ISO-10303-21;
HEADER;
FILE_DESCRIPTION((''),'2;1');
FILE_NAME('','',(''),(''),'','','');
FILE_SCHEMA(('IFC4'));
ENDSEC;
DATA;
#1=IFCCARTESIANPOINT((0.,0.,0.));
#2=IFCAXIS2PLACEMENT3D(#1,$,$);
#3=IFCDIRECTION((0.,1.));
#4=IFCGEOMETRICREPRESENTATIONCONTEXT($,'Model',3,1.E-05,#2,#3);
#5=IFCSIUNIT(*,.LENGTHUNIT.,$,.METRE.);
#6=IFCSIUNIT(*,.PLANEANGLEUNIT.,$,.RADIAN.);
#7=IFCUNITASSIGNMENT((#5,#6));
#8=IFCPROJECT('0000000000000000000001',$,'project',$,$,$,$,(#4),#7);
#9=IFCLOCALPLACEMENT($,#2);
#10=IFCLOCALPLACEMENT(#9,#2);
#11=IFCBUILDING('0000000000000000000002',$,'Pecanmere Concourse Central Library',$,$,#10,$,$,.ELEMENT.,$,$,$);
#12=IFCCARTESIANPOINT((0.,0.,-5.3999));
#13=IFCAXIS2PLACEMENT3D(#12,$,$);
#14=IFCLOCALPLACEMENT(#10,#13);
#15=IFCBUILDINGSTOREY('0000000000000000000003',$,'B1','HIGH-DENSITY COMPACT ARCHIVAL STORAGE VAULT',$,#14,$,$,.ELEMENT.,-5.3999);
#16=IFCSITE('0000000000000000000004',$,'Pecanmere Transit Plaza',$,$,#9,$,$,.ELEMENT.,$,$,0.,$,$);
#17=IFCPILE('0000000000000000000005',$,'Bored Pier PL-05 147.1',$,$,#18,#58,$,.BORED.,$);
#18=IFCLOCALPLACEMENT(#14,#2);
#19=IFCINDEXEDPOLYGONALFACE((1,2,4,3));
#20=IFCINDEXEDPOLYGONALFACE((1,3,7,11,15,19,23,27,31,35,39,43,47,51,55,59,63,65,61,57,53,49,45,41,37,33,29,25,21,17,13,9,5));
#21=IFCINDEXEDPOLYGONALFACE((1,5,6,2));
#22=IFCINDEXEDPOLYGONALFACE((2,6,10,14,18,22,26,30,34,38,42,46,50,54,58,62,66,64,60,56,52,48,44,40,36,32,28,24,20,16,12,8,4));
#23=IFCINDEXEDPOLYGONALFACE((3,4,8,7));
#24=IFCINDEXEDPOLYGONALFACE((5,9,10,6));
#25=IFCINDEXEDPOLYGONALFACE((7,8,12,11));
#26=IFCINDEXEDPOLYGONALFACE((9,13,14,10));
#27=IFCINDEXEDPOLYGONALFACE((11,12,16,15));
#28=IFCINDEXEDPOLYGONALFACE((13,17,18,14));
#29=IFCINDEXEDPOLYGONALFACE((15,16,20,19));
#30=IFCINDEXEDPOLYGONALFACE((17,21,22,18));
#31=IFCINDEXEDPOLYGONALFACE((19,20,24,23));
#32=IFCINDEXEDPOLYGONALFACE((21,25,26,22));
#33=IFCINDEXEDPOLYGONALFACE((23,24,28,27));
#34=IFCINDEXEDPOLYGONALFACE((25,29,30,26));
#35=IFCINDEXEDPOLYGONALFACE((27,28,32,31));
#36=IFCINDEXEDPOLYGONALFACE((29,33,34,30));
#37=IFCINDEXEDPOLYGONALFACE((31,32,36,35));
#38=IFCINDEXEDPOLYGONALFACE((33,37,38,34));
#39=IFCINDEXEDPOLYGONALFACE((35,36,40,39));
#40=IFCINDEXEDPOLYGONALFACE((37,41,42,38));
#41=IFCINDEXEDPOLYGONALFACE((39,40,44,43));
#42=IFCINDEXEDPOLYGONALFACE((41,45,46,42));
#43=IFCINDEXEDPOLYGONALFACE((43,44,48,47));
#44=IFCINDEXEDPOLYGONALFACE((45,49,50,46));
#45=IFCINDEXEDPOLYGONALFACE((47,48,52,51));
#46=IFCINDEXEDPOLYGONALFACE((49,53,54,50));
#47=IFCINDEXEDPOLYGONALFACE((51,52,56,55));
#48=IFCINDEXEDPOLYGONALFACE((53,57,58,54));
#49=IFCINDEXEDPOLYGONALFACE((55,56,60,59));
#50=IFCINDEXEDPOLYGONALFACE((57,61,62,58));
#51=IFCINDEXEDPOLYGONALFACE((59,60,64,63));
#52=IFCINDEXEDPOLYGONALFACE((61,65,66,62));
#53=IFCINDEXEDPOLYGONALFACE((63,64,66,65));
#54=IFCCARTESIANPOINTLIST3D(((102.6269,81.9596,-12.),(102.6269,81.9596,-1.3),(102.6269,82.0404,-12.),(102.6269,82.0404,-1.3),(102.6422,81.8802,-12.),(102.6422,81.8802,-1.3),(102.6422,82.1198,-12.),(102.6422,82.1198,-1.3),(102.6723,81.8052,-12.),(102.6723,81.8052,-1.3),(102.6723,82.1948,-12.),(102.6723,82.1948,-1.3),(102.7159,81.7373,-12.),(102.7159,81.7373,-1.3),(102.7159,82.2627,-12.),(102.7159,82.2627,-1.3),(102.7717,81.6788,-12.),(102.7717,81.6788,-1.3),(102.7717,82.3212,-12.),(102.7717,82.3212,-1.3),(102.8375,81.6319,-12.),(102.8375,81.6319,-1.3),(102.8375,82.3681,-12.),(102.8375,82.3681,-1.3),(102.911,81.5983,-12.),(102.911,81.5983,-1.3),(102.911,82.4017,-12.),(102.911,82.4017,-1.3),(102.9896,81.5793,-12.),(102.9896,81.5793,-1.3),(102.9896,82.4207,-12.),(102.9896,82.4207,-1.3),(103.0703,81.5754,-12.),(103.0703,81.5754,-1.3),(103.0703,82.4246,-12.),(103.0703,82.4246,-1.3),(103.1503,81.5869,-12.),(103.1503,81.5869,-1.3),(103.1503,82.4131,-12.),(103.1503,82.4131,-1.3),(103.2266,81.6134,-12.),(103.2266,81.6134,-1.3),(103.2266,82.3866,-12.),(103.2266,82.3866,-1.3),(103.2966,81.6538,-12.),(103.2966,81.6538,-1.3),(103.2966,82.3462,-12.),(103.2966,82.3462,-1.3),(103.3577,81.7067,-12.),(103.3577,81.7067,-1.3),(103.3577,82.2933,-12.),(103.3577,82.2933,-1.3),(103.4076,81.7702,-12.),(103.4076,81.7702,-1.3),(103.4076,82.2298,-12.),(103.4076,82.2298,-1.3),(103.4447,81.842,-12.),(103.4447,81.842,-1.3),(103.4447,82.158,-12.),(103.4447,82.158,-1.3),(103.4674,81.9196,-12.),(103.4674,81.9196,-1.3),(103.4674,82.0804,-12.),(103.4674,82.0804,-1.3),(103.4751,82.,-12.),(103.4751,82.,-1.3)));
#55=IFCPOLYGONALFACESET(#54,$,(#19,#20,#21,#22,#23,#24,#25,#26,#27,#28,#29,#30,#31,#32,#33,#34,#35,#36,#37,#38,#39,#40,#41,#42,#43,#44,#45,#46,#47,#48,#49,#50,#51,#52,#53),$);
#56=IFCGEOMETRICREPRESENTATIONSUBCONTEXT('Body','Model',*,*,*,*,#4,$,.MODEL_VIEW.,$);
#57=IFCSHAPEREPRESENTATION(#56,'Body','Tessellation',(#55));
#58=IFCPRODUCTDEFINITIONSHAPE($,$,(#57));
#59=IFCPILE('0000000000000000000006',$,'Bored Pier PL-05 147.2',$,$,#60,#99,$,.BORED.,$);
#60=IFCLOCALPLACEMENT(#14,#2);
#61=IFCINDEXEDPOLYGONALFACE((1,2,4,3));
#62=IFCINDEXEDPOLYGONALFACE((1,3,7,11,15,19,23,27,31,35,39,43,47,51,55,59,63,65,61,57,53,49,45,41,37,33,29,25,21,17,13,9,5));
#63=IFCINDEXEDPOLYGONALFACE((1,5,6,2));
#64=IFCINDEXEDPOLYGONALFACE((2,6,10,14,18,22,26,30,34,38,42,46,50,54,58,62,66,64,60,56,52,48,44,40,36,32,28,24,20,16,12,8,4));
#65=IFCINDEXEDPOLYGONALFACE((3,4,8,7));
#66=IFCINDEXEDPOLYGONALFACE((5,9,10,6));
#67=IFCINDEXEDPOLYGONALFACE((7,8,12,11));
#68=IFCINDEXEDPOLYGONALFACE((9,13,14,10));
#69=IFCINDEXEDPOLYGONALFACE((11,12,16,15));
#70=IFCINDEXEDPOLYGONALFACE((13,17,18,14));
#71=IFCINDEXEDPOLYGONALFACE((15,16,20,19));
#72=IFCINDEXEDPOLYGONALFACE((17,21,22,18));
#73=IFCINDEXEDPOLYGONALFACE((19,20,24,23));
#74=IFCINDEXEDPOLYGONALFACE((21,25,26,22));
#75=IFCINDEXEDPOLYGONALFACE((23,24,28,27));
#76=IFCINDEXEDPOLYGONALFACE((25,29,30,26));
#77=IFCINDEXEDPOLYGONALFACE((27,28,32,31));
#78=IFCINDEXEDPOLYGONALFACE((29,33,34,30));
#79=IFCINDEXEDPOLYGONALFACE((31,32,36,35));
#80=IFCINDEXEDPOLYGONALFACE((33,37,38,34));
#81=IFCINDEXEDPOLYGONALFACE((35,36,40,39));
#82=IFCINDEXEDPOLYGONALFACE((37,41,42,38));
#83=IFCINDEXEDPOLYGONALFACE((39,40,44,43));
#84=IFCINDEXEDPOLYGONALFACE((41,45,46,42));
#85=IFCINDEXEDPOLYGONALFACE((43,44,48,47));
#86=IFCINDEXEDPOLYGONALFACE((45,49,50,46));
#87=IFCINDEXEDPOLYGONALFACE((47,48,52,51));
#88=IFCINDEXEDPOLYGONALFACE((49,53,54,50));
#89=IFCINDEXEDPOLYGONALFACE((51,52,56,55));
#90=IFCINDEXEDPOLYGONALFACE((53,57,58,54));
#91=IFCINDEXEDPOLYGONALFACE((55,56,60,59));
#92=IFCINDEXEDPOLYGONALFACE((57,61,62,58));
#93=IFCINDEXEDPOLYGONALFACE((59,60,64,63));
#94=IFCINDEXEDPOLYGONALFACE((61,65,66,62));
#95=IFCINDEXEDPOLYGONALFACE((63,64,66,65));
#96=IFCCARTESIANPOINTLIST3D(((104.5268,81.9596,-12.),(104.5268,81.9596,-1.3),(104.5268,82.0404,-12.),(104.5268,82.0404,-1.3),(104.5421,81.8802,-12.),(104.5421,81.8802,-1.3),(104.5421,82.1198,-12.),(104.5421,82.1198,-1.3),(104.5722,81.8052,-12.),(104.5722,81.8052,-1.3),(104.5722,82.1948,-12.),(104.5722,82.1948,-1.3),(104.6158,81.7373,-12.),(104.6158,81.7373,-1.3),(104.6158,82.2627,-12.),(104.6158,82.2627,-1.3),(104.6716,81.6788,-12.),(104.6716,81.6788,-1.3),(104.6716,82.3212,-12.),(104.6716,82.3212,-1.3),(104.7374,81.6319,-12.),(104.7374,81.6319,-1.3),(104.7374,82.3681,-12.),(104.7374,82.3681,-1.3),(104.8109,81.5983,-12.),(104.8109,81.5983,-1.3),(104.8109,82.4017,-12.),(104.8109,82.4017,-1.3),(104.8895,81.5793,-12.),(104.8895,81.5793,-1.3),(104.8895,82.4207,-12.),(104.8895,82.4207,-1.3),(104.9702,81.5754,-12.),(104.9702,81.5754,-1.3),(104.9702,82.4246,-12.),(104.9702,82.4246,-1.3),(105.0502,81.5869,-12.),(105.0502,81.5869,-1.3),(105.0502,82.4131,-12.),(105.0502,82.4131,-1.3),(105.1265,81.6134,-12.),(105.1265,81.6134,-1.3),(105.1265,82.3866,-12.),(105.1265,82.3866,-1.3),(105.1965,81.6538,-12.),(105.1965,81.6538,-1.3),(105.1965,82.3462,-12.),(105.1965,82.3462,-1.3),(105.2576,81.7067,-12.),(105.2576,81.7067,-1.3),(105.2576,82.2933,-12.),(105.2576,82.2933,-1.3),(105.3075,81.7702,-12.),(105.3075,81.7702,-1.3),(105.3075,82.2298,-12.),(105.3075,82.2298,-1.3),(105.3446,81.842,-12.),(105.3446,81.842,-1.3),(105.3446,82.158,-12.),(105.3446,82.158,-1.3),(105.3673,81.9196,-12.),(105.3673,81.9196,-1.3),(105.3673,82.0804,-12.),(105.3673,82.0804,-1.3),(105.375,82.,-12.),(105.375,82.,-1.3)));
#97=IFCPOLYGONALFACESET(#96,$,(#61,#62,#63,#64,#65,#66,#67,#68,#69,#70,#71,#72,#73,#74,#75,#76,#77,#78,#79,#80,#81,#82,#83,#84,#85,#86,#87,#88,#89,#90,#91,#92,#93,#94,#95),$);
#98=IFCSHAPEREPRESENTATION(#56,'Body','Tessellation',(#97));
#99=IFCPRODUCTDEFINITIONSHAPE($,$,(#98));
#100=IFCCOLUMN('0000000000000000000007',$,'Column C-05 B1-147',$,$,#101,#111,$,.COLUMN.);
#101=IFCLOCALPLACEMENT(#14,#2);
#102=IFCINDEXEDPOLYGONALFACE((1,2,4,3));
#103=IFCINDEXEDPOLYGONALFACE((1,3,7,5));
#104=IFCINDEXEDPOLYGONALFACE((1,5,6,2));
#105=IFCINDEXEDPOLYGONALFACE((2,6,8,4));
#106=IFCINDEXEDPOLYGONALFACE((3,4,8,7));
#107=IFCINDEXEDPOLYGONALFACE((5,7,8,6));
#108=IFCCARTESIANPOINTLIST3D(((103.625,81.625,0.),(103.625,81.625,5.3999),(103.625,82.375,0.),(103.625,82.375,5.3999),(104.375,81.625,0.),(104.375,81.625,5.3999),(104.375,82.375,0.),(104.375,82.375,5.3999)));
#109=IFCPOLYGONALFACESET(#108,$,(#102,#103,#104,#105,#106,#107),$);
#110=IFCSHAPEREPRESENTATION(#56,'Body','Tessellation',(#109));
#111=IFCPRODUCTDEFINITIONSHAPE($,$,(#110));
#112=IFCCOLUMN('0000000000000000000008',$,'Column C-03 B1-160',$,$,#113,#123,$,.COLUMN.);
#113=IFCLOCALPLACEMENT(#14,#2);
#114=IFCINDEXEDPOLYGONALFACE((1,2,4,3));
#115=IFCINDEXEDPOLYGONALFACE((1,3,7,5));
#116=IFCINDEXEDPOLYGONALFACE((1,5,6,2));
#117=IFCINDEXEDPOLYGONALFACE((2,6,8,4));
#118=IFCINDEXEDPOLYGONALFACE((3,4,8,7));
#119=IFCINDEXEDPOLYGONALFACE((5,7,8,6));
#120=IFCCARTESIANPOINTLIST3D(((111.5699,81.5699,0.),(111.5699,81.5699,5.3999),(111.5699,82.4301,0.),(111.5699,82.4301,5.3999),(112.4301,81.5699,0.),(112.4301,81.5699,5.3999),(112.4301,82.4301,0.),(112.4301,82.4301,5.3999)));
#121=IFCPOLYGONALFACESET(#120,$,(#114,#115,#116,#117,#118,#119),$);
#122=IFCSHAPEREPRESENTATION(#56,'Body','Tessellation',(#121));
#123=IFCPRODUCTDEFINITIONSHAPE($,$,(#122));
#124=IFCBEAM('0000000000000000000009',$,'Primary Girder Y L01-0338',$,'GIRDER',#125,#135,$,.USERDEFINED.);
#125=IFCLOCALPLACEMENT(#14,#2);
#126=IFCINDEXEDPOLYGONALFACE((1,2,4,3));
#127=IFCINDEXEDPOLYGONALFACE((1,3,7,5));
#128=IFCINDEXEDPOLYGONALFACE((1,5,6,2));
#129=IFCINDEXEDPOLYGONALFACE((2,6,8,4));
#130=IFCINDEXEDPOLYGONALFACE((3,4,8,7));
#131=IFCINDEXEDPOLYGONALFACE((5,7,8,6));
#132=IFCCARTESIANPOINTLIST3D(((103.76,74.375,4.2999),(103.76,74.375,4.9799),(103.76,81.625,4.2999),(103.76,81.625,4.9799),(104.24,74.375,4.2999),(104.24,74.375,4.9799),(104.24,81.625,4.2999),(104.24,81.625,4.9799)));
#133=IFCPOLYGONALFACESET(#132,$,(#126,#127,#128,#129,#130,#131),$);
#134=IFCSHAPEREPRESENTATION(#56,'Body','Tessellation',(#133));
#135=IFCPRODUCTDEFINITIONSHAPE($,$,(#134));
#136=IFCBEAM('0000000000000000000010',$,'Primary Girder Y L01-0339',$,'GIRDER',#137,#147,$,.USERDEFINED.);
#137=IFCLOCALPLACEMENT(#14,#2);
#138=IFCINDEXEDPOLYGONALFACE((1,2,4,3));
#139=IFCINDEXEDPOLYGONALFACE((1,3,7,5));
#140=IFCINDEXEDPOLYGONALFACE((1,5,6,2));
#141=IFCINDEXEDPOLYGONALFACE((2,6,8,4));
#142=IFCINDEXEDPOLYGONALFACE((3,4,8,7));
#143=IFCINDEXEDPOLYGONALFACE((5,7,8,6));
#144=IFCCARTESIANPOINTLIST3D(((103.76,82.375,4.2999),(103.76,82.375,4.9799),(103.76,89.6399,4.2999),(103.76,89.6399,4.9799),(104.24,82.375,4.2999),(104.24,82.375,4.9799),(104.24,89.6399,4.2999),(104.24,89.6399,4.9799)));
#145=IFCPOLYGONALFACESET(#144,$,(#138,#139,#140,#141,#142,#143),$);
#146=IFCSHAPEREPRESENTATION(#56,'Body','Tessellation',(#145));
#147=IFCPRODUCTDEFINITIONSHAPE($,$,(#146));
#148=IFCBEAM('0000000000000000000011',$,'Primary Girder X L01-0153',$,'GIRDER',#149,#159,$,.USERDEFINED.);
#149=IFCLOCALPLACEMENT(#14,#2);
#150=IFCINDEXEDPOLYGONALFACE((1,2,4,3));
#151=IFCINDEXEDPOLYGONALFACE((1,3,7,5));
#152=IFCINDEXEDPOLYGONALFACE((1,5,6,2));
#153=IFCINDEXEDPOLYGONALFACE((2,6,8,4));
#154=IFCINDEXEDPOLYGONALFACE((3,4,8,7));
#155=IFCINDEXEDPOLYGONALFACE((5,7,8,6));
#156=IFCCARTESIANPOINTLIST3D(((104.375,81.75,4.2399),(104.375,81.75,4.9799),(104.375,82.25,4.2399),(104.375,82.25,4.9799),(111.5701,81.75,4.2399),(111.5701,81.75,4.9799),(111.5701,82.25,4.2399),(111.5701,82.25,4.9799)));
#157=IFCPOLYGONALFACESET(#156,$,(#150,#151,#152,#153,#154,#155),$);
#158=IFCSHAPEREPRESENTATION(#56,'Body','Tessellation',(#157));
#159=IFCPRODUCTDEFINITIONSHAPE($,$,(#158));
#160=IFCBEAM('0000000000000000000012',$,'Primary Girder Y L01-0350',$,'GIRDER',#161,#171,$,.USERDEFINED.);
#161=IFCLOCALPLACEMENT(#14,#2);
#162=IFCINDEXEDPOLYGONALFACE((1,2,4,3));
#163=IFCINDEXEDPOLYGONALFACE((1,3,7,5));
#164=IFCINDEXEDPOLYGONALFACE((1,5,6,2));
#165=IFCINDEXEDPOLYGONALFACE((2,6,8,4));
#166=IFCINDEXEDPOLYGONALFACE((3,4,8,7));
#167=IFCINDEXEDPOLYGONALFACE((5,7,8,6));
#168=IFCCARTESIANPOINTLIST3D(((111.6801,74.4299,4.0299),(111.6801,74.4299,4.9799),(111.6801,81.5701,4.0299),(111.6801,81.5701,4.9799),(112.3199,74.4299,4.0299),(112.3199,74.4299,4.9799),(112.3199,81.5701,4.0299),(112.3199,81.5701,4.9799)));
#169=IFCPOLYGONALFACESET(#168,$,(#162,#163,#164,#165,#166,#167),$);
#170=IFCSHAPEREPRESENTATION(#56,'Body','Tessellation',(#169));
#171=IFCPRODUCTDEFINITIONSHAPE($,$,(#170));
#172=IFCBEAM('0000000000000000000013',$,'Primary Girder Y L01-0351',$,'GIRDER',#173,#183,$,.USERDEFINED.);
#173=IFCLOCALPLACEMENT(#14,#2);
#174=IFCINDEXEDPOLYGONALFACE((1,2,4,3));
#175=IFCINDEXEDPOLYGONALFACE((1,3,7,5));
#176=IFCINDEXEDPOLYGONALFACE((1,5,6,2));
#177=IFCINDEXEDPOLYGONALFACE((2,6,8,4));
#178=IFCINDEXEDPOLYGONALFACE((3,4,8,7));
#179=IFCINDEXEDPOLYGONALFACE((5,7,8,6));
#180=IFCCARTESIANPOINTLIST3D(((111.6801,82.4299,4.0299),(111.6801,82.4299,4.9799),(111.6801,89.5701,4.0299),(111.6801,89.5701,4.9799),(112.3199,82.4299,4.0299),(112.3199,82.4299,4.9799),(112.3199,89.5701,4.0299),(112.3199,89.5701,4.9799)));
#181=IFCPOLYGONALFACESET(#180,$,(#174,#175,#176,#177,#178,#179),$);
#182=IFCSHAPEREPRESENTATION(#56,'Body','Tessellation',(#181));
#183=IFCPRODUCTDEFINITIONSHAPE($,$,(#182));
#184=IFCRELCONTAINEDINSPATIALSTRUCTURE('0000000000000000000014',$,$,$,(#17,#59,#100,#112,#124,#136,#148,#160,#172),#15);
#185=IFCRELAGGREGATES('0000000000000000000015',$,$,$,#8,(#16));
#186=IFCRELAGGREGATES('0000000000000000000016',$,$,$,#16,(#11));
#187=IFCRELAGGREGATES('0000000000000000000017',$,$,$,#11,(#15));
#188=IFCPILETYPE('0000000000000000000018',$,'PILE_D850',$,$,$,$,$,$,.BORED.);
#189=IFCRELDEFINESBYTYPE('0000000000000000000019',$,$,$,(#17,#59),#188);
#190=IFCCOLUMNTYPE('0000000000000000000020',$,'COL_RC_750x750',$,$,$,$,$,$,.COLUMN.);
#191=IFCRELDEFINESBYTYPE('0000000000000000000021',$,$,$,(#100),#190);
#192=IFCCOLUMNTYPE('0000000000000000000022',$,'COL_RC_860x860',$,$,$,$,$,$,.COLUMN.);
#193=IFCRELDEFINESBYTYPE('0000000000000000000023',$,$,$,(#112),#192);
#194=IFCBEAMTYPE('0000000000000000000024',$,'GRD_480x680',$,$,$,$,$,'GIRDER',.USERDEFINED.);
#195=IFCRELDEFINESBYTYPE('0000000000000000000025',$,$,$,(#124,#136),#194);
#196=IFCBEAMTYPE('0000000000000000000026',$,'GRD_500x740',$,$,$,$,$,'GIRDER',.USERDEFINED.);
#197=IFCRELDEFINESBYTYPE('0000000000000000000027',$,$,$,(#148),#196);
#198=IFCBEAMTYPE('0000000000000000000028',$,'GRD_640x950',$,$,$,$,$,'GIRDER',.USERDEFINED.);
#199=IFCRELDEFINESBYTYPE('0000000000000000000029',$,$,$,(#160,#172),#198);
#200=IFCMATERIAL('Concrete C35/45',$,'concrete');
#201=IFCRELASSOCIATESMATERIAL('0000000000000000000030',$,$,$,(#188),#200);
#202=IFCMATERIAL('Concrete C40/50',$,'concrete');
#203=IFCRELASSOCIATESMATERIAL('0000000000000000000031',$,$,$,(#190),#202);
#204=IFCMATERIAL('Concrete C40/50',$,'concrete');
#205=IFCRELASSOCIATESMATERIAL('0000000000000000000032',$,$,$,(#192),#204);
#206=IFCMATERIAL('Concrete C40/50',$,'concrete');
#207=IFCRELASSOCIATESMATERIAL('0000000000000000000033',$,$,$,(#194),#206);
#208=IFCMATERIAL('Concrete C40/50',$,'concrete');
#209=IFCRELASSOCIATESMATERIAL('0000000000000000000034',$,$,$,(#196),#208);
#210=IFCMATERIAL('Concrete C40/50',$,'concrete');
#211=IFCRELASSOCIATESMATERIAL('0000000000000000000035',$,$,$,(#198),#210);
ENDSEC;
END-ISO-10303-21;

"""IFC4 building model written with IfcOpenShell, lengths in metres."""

from ifc_helpers import new_model, si_unit, direction, frame, origin, origin_2d, place, context, subcontext, project, spatial, rectangle, circle, extrude, material, material_profile, profile_set, type_object, element, save


model = new_model("IFC4")

# Units and contexts
model_context = context("Model", 3, precision=1e-05, world=origin(), true_north=direction((0.0, 1.0)))
body_context = subcontext(model_context, "Body", "Model", "MODEL_VIEW")
ifc_project = project(units=[si_unit("LENGTHUNIT", "METRE"), si_unit("PLANEANGLEUNIT", "RADIAN")], contexts=[model_context])

# Site, building, storey
site_placement = place(None, origin())
site = spatial("IfcSite", under=ifc_project, at=site_placement, Name="Pecanmere Transit Plaza", CompositionType="ELEMENT", RefElevation=0.0)
building_placement = place(site_placement, origin())
building = spatial("IfcBuilding", under=site, at=building_placement, Name="Pecanmere Concourse Central Library", CompositionType="ELEMENT")
storey_placement = place(building_placement, frame((0.0, 0.0, -5.3999)))
storey = spatial("IfcBuildingStorey", under=building, at=storey_placement, Name="B1", Description="HIGH-DENSITY COMPACT ARCHIVAL STORAGE VAULT", CompositionType="ELEMENT", Elevation=-5.3999)

# Piles
ifc_material_1 = material(Name="Concrete C35/45", Category="concrete")
ifc_material_profile_1 = material_profile(ifc_material_1, circle(Radius=0.425, at=origin_2d()), Name="PIER D850")
ifc_profile_set_1 = profile_set([ifc_material_profile_1], Name="Concrete C35/45")
pile_type_1 = type_object("IfcPileType", Name="PILE_D850", PredefinedType="BORED", material=ifc_profile_set_1)
for number, where, z_axis, x_axis, name in (
    (1, (103.05, 82.0, -1.3), (0.0, 0.0, -1.0), (1.0, 0.0, 0.0), "Bored Pier PL-05 147.1"),
    (2, (104.95, 82.0, -1.3), (0.0, 0.0, -1.0), (1.0, 0.0, 0.0), "Bored Pier PL-05 147.2"),
):
    element("IfcPile", number, at=place(storey_placement, frame(where, z_axis=z_axis, x_axis=x_axis)), inside=storey, type_object=pile_type_1, Name=name, PredefinedType="BORED", context=body_context, shape_type="SweptSolid", body=[
        extrude(circle(Radius=0.425, at=origin_2d()), origin(), (0.0, 0.0, 1.0), 10.7),
    ])

# Columns
ifc_material_2 = material(Name="Concrete C40/50", Category="concrete")
ifc_material_profile_2 = material_profile(ifc_material_2, rectangle(XDim=0.75, YDim=0.75, at=origin_2d()), Name="RC 750x750")
ifc_profile_set_2 = profile_set([ifc_material_profile_2], Name="Concrete C40/50")
column_type_1 = type_object("IfcColumnType", Name="COL_RC_750x750", PredefinedType="COLUMN", material=ifc_profile_set_2)
column_1_placement = place(storey_placement, frame((104.0, 82.0, 0.0), z_axis=(0.0, 0.0, 1.0), x_axis=(1.0, 0.0, 0.0)))
element("IfcColumn", 3, at=column_1_placement, inside=storey, type_object=column_type_1, Name="Column C-05 B1-147", PredefinedType="COLUMN", context=body_context, shape_type="SweptSolid", body=[
    extrude(rectangle(XDim=0.75, YDim=0.75, at=origin_2d()), origin(), (0.0, 0.0, 1.0), 5.3999),
])
ifc_material_3 = material(Name="Concrete C40/50", Category="concrete")
ifc_material_profile_3 = material_profile(ifc_material_3, rectangle(XDim=0.8601, YDim=0.8601, at=origin_2d()), Name="RC 860x860")
ifc_profile_set_3 = profile_set([ifc_material_profile_3], Name="Concrete C40/50")
column_type_2 = type_object("IfcColumnType", Name="COL_RC_860x860", PredefinedType="COLUMN", material=ifc_profile_set_3)
column_2_placement = place(storey_placement, frame((112.0, 82.0, 0.0), z_axis=(0.0, 0.0, 1.0), x_axis=(1.0, 0.0, 0.0)))
element("IfcColumn", 4, at=column_2_placement, inside=storey, type_object=column_type_2, Name="Column C-03 B1-160", PredefinedType="COLUMN", context=body_context, shape_type="SweptSolid", body=[
    extrude(rectangle(XDim=0.8601, YDim=0.8601, at=origin_2d()), origin(), (0.0, 0.0, 1.0), 5.3999),
])

# Beams
ifc_material_4 = material(Name="Concrete C40/50", Category="concrete")
ifc_material_profile_4 = material_profile(ifc_material_4, rectangle(XDim=0.48, YDim=0.6799, at=origin_2d()), Name="RC 480x680")
ifc_profile_set_4 = profile_set([ifc_material_profile_4], Name="Concrete C40/50")
beam_type_1 = type_object("IfcBeamType", Name="GRD_480x680", ElementType="GIRDER", PredefinedType="USERDEFINED", material=ifc_profile_set_4)
beam_1_placement = place(storey_placement, frame((104.0, 74.375, 4.6399), z_axis=(0.0, 1.0, 0.0), x_axis=(-1.0, 0.0, 0.0)))
element("IfcBeam", 5, at=beam_1_placement, inside=storey, type_object=beam_type_1, Name="Primary Girder Y L01-0338", ObjectType="GIRDER", PredefinedType="USERDEFINED", context=body_context, shape_type="SweptSolid", body=[
    extrude(rectangle(XDim=0.48, YDim=0.6799, at=origin_2d()), origin(), (0.0, 0.0, 1.0), 7.25),
])
beam_2_placement = place(storey_placement, frame((104.0, 82.375, 4.6399), z_axis=(0.0, 1.0, 0.0), x_axis=(-1.0, 0.0, 0.0)))
element("IfcBeam", 6, at=beam_2_placement, inside=storey, type_object=beam_type_1, Name="Primary Girder Y L01-0339", ObjectType="GIRDER", PredefinedType="USERDEFINED", context=body_context, shape_type="SweptSolid", body=[
    extrude(rectangle(XDim=0.48, YDim=0.6799, at=origin_2d()), origin(), (0.0, 0.0, 1.0), 7.2649),
])
ifc_material_5 = material(Name="Concrete C40/50", Category="concrete")
ifc_material_profile_5 = material_profile(ifc_material_5, rectangle(XDim=0.5, YDim=0.74, at=origin_2d()), Name="RC 500x740")
ifc_profile_set_5 = profile_set([ifc_material_profile_5], Name="Concrete C40/50")
beam_type_2 = type_object("IfcBeamType", Name="GRD_500x740", ElementType="GIRDER", PredefinedType="USERDEFINED", material=ifc_profile_set_5)
beam_3_placement = place(storey_placement, frame((104.375, 82.0, 4.6099), z_axis=(1.0, 0.0, 0.0), x_axis=(0.0, 1.0, 0.0)))
element("IfcBeam", 7, at=beam_3_placement, inside=storey, type_object=beam_type_2, Name="Primary Girder X L01-0153", ObjectType="GIRDER", PredefinedType="USERDEFINED", context=body_context, shape_type="SweptSolid", body=[
    extrude(rectangle(XDim=0.5, YDim=0.74, at=origin_2d()), origin(), (0.0, 0.0, 1.0), 7.1951),
])
ifc_material_6 = material(Name="Concrete C40/50", Category="concrete")
ifc_material_profile_6 = material_profile(ifc_material_6, rectangle(XDim=0.6399, YDim=0.95, at=origin_2d()), Name="RC 640x950")
ifc_profile_set_6 = profile_set([ifc_material_profile_6], Name="Concrete C40/50")
beam_type_3 = type_object("IfcBeamType", Name="GRD_640x950", ElementType="GIRDER", PredefinedType="USERDEFINED", material=ifc_profile_set_6)
for number, where, z_axis, x_axis, name in (
    (8, (112.0, 74.4299, 4.5049), (0.0, 1.0, 0.0), (-1.0, 0.0, 0.0), "Primary Girder Y L01-0350"),
    (9, (112.0, 82.4299, 4.5049), (0.0, 1.0, 0.0), (-1.0, 0.0, 0.0), "Primary Girder Y L01-0351"),
):
    element("IfcBeam", number, at=place(storey_placement, frame(where, z_axis=z_axis, x_axis=x_axis)), inside=storey, type_object=beam_type_3, Name=name, ObjectType="GIRDER", PredefinedType="USERDEFINED", context=body_context, shape_type="SweptSolid", body=[
        extrude(rectangle(XDim=0.6399, YDim=0.95, at=origin_2d()), origin(), (0.0, 0.0, 1.0), 7.1401),
    ])

save(model, "model.ifc")
